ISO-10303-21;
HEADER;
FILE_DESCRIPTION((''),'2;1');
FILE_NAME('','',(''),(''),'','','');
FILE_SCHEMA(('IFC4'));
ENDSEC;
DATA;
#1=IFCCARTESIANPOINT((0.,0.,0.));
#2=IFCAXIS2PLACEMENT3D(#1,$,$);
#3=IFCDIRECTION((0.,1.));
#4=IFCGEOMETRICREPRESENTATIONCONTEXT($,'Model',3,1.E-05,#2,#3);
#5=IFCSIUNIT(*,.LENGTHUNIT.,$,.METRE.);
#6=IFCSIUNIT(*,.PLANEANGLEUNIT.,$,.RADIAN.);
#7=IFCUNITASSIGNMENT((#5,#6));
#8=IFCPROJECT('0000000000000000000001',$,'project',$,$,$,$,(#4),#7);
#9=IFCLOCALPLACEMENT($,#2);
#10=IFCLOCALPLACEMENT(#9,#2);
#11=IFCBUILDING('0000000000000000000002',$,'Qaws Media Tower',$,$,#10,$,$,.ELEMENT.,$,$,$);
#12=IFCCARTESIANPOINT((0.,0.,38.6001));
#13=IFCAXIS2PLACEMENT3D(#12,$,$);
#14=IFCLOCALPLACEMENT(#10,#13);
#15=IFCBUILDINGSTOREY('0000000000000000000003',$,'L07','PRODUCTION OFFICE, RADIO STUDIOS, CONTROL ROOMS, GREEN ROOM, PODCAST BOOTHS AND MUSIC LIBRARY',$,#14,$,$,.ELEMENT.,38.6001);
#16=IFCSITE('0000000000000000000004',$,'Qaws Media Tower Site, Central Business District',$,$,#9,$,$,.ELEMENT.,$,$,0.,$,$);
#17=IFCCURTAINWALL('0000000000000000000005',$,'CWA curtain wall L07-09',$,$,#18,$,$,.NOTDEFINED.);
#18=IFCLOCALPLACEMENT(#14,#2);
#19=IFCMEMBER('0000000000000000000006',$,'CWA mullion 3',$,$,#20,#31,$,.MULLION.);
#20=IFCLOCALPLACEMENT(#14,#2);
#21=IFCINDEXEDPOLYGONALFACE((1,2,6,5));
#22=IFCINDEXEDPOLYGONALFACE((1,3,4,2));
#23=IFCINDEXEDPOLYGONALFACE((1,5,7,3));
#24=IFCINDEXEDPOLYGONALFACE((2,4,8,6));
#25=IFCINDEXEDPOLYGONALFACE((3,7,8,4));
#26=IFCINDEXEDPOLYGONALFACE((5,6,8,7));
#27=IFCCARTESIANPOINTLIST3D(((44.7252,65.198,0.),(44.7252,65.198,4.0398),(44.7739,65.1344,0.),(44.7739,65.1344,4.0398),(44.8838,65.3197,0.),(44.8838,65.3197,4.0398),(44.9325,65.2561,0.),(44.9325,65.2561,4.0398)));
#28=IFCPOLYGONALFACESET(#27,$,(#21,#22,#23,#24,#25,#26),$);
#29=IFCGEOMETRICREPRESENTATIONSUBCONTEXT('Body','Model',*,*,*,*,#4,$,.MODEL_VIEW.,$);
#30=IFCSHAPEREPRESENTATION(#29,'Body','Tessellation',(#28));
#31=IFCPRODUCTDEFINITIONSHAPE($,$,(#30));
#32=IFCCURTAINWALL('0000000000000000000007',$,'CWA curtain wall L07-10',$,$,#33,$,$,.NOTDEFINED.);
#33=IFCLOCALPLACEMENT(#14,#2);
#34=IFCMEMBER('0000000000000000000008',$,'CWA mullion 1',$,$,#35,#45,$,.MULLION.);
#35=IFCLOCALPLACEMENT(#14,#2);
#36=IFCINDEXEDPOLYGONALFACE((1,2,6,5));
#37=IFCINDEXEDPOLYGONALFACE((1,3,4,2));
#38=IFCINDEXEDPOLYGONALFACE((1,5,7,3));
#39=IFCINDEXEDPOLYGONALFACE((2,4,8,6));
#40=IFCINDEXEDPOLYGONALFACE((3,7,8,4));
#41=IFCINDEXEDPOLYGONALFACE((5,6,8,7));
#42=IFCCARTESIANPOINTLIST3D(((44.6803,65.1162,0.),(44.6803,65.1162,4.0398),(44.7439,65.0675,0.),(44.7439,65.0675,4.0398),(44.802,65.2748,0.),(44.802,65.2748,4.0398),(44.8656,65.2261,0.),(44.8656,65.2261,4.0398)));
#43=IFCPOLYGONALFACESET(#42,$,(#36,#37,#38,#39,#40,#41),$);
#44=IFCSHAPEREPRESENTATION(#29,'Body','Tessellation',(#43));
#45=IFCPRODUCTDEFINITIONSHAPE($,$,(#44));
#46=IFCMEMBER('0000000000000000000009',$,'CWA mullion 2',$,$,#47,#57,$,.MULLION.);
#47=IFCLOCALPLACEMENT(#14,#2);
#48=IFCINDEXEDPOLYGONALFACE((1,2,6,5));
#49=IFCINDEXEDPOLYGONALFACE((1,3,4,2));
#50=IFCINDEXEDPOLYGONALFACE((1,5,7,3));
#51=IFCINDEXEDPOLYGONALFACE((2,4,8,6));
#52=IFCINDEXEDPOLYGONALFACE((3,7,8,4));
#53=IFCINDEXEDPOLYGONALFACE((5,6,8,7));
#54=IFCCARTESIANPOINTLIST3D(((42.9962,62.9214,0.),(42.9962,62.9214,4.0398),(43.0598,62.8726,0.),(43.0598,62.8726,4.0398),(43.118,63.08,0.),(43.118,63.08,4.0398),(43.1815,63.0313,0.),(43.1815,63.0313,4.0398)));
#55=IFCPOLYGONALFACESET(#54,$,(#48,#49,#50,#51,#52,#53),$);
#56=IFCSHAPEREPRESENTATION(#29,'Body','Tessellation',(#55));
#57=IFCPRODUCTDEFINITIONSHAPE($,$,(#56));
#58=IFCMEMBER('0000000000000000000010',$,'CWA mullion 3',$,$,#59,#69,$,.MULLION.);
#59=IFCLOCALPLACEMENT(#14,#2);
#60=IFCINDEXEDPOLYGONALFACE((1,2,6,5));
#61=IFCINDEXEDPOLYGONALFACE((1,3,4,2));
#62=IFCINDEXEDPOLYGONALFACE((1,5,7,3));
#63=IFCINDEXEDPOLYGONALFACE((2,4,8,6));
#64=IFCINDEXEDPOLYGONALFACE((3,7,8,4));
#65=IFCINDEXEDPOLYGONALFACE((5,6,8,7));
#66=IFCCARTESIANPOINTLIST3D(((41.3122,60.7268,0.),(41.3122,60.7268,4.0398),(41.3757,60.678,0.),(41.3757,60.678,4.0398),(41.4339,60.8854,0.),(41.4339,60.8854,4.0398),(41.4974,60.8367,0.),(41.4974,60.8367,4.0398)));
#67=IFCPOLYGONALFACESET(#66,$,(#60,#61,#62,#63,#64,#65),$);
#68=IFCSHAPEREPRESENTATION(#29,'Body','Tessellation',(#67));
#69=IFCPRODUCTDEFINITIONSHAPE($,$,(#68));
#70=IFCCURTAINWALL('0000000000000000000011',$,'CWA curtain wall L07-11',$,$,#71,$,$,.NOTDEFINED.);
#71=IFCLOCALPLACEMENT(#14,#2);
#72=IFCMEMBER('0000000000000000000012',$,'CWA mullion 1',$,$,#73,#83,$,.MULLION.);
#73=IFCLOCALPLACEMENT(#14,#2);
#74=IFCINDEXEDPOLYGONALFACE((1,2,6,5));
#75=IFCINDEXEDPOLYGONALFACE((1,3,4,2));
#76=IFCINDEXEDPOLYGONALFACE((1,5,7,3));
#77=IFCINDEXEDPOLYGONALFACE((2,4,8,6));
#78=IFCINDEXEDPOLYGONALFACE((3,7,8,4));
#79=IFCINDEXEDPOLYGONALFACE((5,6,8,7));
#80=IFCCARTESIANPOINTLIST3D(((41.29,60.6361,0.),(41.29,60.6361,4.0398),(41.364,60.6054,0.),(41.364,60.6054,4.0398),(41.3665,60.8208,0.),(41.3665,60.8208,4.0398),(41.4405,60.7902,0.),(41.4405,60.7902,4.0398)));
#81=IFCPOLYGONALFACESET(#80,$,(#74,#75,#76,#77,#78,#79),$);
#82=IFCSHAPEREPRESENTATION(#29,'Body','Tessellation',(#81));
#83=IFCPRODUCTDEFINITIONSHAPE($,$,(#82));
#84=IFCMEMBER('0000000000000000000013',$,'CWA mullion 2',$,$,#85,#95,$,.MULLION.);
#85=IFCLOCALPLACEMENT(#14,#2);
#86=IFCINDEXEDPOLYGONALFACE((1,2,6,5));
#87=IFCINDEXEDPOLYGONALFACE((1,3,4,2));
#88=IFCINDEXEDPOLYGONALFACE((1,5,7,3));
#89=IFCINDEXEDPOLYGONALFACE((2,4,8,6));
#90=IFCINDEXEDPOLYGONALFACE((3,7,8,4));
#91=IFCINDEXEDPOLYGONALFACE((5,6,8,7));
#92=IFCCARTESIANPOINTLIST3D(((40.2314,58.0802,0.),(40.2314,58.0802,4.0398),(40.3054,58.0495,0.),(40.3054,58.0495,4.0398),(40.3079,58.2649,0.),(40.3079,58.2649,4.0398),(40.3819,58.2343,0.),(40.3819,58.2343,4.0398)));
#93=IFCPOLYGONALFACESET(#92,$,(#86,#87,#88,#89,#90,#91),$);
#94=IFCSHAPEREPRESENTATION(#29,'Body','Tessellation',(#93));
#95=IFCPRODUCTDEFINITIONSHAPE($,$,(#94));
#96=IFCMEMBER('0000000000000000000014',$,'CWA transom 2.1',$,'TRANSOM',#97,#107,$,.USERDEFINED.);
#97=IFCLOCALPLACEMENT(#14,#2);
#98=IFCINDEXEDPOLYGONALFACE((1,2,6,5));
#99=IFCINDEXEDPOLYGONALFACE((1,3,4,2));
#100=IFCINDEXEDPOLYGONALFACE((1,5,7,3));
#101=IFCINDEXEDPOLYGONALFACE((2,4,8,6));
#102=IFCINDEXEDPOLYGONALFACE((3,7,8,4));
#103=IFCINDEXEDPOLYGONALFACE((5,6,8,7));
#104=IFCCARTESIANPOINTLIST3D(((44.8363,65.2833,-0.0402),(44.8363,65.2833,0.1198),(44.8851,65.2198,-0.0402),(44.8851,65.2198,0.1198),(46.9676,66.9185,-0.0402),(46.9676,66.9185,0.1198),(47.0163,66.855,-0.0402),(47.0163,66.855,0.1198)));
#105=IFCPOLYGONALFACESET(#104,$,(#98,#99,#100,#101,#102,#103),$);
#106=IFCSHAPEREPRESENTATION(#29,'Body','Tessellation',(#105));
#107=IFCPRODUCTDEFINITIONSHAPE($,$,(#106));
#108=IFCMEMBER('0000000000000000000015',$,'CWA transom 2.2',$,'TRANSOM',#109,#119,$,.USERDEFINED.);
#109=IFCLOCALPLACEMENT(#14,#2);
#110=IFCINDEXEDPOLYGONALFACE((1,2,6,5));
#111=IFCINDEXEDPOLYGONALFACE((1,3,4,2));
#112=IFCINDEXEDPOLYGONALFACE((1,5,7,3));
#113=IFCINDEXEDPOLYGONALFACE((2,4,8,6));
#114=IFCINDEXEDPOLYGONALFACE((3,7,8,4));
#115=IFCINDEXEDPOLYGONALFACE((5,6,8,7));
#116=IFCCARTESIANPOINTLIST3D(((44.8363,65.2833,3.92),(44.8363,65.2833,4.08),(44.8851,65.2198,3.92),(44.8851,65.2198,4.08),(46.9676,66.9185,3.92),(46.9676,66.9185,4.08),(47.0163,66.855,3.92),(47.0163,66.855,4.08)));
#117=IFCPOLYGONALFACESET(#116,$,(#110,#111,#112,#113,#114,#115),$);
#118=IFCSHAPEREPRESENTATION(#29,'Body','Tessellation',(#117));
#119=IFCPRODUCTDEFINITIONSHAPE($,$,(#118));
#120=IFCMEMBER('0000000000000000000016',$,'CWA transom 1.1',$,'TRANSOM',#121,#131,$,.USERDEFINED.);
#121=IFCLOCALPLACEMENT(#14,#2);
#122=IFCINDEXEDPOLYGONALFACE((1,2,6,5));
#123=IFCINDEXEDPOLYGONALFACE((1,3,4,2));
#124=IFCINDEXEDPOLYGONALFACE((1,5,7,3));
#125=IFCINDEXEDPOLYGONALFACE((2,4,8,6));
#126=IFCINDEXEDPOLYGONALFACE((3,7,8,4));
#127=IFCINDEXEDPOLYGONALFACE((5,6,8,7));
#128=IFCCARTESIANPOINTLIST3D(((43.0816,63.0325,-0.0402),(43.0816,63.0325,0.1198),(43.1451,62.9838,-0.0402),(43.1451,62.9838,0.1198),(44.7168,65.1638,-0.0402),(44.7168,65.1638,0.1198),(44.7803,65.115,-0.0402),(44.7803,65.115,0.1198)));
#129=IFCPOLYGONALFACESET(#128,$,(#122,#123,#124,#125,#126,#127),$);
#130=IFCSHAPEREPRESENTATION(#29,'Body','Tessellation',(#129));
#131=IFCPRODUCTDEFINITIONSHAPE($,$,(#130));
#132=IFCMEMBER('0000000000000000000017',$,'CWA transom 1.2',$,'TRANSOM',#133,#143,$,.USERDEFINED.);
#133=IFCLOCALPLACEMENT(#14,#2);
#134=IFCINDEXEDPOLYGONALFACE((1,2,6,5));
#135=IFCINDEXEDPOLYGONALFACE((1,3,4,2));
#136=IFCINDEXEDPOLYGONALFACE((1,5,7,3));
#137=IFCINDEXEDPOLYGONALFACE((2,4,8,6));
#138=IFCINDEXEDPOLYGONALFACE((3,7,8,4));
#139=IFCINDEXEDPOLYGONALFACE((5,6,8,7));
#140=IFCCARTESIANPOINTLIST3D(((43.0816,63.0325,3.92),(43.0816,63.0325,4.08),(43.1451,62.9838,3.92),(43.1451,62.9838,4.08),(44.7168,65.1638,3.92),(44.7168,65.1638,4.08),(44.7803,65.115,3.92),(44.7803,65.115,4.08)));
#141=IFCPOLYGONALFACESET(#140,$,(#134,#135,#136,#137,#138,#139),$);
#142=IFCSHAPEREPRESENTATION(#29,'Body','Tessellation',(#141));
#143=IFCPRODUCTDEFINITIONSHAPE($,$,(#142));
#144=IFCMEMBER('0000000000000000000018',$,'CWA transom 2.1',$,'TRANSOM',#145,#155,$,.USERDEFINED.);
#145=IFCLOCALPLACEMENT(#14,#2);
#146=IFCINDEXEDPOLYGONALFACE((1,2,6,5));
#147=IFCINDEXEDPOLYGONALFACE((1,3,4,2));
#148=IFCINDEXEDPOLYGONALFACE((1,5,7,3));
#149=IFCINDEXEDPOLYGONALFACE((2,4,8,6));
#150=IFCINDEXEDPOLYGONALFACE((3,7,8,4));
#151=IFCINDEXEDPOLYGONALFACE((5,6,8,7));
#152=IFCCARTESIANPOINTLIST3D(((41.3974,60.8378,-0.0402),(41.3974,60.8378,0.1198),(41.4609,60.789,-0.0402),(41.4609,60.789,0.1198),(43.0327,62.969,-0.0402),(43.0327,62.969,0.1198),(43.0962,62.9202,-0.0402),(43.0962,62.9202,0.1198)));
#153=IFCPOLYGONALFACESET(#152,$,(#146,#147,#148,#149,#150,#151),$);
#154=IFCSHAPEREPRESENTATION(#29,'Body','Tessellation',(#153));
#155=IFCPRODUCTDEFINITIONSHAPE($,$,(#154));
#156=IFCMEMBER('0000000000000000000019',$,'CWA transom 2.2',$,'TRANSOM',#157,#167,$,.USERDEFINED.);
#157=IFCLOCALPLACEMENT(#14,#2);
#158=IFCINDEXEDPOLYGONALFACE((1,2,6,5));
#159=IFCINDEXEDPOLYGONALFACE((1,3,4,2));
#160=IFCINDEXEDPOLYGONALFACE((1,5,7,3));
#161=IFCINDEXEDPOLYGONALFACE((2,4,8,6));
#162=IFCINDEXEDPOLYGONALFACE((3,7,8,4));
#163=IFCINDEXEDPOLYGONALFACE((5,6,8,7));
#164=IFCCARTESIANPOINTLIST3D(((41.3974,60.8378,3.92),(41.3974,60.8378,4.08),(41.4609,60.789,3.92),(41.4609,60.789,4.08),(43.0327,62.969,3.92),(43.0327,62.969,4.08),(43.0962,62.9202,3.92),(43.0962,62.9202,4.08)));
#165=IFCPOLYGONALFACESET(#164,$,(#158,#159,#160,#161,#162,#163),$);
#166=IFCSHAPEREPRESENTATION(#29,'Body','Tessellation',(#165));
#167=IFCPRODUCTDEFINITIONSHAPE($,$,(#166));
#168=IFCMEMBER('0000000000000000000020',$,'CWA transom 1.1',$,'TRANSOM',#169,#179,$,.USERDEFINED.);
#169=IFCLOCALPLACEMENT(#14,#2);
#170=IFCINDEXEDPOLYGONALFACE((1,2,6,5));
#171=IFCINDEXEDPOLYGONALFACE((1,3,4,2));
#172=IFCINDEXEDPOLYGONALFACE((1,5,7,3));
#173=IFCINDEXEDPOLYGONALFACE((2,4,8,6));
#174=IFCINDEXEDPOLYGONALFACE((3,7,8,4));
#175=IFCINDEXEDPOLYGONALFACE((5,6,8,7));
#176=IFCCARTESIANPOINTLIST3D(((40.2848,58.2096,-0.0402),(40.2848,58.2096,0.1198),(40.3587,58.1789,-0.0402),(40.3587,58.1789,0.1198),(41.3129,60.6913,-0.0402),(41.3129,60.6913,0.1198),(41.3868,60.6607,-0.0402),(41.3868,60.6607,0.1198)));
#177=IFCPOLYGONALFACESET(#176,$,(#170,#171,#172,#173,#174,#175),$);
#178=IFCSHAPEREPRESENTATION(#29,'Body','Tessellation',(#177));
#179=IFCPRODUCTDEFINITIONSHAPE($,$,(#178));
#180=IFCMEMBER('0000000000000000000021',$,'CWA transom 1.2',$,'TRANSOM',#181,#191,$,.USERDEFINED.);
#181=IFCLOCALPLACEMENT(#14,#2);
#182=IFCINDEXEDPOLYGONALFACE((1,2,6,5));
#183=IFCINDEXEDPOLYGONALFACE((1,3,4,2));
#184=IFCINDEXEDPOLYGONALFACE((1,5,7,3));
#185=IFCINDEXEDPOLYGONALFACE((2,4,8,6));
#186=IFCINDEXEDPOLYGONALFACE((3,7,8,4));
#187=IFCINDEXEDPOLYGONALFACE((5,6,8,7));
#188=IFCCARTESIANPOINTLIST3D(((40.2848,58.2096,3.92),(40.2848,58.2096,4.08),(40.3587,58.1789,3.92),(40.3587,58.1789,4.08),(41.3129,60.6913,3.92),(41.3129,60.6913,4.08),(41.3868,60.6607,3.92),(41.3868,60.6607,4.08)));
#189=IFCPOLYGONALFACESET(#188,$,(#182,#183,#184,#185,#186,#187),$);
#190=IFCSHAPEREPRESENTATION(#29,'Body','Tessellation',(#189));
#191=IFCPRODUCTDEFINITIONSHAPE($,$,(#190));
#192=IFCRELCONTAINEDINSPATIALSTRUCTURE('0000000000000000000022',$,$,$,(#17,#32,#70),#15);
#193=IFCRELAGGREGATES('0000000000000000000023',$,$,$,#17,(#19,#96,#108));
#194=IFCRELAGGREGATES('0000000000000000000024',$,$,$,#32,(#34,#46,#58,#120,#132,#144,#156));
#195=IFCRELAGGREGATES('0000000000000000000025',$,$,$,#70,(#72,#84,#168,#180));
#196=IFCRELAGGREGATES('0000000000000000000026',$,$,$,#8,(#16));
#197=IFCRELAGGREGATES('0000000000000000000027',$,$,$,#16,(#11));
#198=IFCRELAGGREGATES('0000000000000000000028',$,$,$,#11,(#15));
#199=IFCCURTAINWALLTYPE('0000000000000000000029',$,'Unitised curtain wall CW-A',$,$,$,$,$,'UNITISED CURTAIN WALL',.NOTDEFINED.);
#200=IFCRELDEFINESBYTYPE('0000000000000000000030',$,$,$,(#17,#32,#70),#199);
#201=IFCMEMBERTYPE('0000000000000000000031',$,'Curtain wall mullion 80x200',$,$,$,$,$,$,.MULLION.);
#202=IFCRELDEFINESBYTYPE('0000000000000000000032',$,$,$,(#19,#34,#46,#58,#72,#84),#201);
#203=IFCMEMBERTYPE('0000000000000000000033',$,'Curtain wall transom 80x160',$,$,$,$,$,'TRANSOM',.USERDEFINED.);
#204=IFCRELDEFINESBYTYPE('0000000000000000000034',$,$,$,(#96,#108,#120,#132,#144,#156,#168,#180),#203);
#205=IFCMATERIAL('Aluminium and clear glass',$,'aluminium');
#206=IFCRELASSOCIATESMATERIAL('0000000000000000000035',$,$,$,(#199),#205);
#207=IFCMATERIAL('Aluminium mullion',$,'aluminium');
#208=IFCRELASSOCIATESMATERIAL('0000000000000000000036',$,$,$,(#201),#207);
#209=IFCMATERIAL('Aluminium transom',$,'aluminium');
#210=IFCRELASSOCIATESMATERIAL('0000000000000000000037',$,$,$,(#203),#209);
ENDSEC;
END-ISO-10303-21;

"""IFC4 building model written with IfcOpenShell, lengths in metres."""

from ifc_helpers import new_model, si_unit, direction, frame, origin, origin_2d, place, context, subcontext, project, spatial, rectangle, extrude, material, material_profile, profile_set, type_object, element, aggregate, save


model = new_model("IFC4")

# Units and contexts
model_context = context("Model", 3, precision=1e-05, world=origin(), true_north=direction((0.0, 1.0)))
body_context = subcontext(model_context, "Body", "Model", "MODEL_VIEW")
ifc_project = project(units=[si_unit("LENGTHUNIT", "METRE"), si_unit("PLANEANGLEUNIT", "RADIAN")], contexts=[model_context])

# Site, building, storey
site_placement = place(None, origin())
site = spatial("IfcSite", under=ifc_project, at=site_placement, Name="Qaws Media Tower Site, Central Business District", CompositionType="ELEMENT", RefElevation=0.0)
building_placement = place(site_placement, origin())
building = spatial("IfcBuilding", under=site, at=building_placement, Name="Qaws Media Tower", CompositionType="ELEMENT")
storey_placement = place(building_placement, frame((0.0, 0.0, 38.6001)))
storey = spatial("IfcBuildingStorey", under=building, at=storey_placement, Name="L07", Description="PRODUCTION OFFICE, RADIO STUDIOS, CONTROL ROOMS, GREEN ROOM, PODCAST BOOTHS AND MUSIC LIBRARY", CompositionType="ELEMENT", Elevation=38.6001)

# Curtain wall, member
ifc_material_1 = material(Name="Aluminium and clear glass", Category="aluminium")
curtain_wall_type = type_object("IfcCurtainWallType", Name="Unitised curtain wall CW-A", ElementType="UNITISED CURTAIN WALL", PredefinedType="NOTDEFINED", material=ifc_material_1)
curtain_wall_1_placement = place(storey_placement, origin())
curtain_wall_1 = element("IfcCurtainWall", 1, at=curtain_wall_1_placement, inside=storey, type_object=curtain_wall_type, Name="CWA curtain wall L07-09", PredefinedType="NOTDEFINED")
ifc_material_2 = material(Name="Aluminium mullion", Category="aluminium")
ifc_material_profile_1 = material_profile(ifc_material_2, rectangle(XDim=0.0801, YDim=0.2, at=origin_2d()), Name="80x200")
ifc_profile_set_1 = profile_set([ifc_material_profile_1], Name="Aluminium mullion")
member_type_1 = type_object("IfcMemberType", Name="Curtain wall mullion 80x200", PredefinedType="MULLION", material=ifc_profile_set_1)
member_1_placement = place(storey_placement, frame((44.8289, 65.2271, 0.0), z_axis=(0.0, 0.0, 1.0), x_axis=(0.608761, -0.793353, 0.0)))
member_1 = element("IfcMember", 2, at=member_1_placement, type_object=member_type_1, Name="CWA mullion 3", PredefinedType="MULLION", context=body_context, shape_type="SweptSolid", body=[
    extrude(rectangle(XDim=0.0801, YDim=0.2, at=origin_2d()), origin(), (0.0, 0.0, 1.0), 4.0398),
])

# Curtain walls, members
curtain_wall_2_placement = place(storey_placement, origin())
curtain_wall_2 = element("IfcCurtainWall", 3, at=curtain_wall_2_placement, inside=storey, type_object=curtain_wall_type, Name="CWA curtain wall L07-10", PredefinedType="NOTDEFINED")
member_2_placement = place(storey_placement, frame((44.7729, 65.1711, 0.0), z_axis=(0.0, 0.0, 1.0), x_axis=(0.793353, -0.608761, 0.0)))
member_2 = element("IfcMember", 4, at=member_2_placement, type_object=member_type_1, Name="CWA mullion 1", PredefinedType="MULLION", context=body_context, shape_type="SweptSolid", body=[
    extrude(rectangle(XDim=0.0801, YDim=0.2, at=origin_2d()), origin(), (0.0, 0.0, 1.0), 4.0398),
])
member_3_placement = place(storey_placement, frame((43.0889, 62.9763, 0.0), z_axis=(0.0, 0.0, 1.0), x_axis=(0.793353, -0.608761, 0.0)))
member_3 = element("IfcMember", 5, at=member_3_placement, type_object=member_type_1, Name="CWA mullion 2", PredefinedType="MULLION", context=body_context, shape_type="SweptSolid", body=[
    extrude(rectangle(XDim=0.0801, YDim=0.2, at=origin_2d()), origin(), (0.0, 0.0, 1.0), 4.0398),
])
member_4_placement = place(storey_placement, frame((41.4048, 60.7817, 0.0), z_axis=(0.0, 0.0, 1.0), x_axis=(0.793353, -0.608761, 0.0)))
member_4 = element("IfcMember", 6, at=member_4_placement, type_object=member_type_1, Name="CWA mullion 3", PredefinedType="MULLION", context=body_context, shape_type="SweptSolid", body=[
    extrude(rectangle(XDim=0.0801, YDim=0.2, at=origin_2d()), origin(), (0.0, 0.0, 1.0), 4.0398),
])
curtain_wall_3_placement = place(storey_placement, origin())
curtain_wall_3 = element("IfcCurtainWall", 7, at=curtain_wall_3_placement, inside=storey, type_object=curtain_wall_type, Name="CWA curtain wall L07-11", PredefinedType="NOTDEFINED")
member_5_placement = place(storey_placement, frame((41.3652, 60.7131, 0.0), z_axis=(0.0, 0.0, 1.0), x_axis=(0.92388, -0.382683, 0.0)))
member_5 = element("IfcMember", 8, at=member_5_placement, type_object=member_type_1, Name="CWA mullion 1", PredefinedType="MULLION", context=body_context, shape_type="SweptSolid", body=[
    extrude(rectangle(XDim=0.0801, YDim=0.2, at=origin_2d()), origin(), (0.0, 0.0, 1.0), 4.0398),
])
member_6_placement = place(storey_placement, frame((40.3066, 58.1572, 0.0), z_axis=(0.0, 0.0, 1.0), x_axis=(0.92388, -0.382683, 0.0)))
member_6 = element("IfcMember", 9, at=member_6_placement, type_object=member_type_1, Name="CWA mullion 2", PredefinedType="MULLION", context=body_context, shape_type="SweptSolid", body=[
    extrude(rectangle(XDim=0.0801, YDim=0.2, at=origin_2d()), origin(), (0.0, 0.0, 1.0), 4.0398),
])

# Members
ifc_material_3 = material(Name="Aluminium transom", Category="aluminium")
ifc_material_profile_2 = material_profile(ifc_material_3, rectangle(XDim=0.0801, YDim=0.1599, at=origin_2d()), Name="80x160")
ifc_profile_set_2 = profile_set([ifc_material_profile_2], Name="Aluminium transom")
member_type_2 = type_object("IfcMemberType", Name="Curtain wall transom 80x160", ElementType="TRANSOM", PredefinedType="USERDEFINED", material=ifc_profile_set_2)
member_7_placement = place(storey_placement, frame((46.9919, 66.8867, 0.0398), z_axis=(-0.793387, -0.608718, 0.0), x_axis=(0.608718, -0.793387, 0.0)))
member_7 = element("IfcMember", 10, at=member_7_placement, type_object=member_type_2, Name="CWA transom 2.1", ObjectType="TRANSOM", PredefinedType="USERDEFINED", context=body_context, shape_type="SweptSolid", body=[
    extrude(rectangle(XDim=0.0801, YDim=0.1599, at=origin_2d()), origin(), (0.0, 0.0, 1.0), 2.6863),
])
member_8_placement = place(storey_placement, frame((46.9919, 66.8867, 4.0), z_axis=(-0.793387, -0.608718, 0.0), x_axis=(0.608718, -0.793387, 0.0)))
member_8 = element("IfcMember", 11, at=member_8_placement, type_object=member_type_2, Name="CWA transom 2.2", ObjectType="TRANSOM", PredefinedType="USERDEFINED", context=body_context, shape_type="SweptSolid", body=[
    extrude(rectangle(XDim=0.0801, YDim=0.1599, at=origin_2d()), origin(), (0.0, 0.0, 1.0), 2.6863),
])
member_9_placement = place(storey_placement, frame((44.7485, 65.1394, 0.0398), z_axis=(-0.608718, -0.793387, 0.0), x_axis=(0.793387, -0.608718, 0.0)))
member_9 = element("IfcMember", 12, at=member_9_placement, type_object=member_type_2, Name="CWA transom 1.1", ObjectType="TRANSOM", PredefinedType="USERDEFINED", context=body_context, shape_type="SweptSolid", body=[
    extrude(rectangle(XDim=0.0801, YDim=0.1599, at=origin_2d()), origin(), (0.0, 0.0, 1.0), 2.6863),
])
member_10_placement = place(storey_placement, frame((44.7485, 65.1394, 4.0), z_axis=(-0.608718, -0.793387, 0.0), x_axis=(0.793387, -0.608718, 0.0)))
member_10 = element("IfcMember", 13, at=member_10_placement, type_object=member_type_2, Name="CWA transom 1.2", ObjectType="TRANSOM", PredefinedType="USERDEFINED", context=body_context, shape_type="SweptSolid", body=[
    extrude(rectangle(XDim=0.0801, YDim=0.1599, at=origin_2d()), origin(), (0.0, 0.0, 1.0), 2.6863),
])
member_11_placement = place(storey_placement, frame((43.0645, 62.9446, 0.0398), z_axis=(-0.608762, -0.793353, 0.0), x_axis=(0.793353, -0.608762, 0.0)))
member_11 = element("IfcMember", 14, at=member_11_placement, type_object=member_type_2, Name="CWA transom 2.1", ObjectType="TRANSOM", PredefinedType="USERDEFINED", context=body_context, shape_type="SweptSolid", body=[
    extrude(rectangle(XDim=0.0801, YDim=0.1599, at=origin_2d()), origin(), (0.0, 0.0, 1.0), 2.6863),
])
member_12_placement = place(storey_placement, frame((43.0645, 62.9446, 4.0), z_axis=(-0.608762, -0.793353, 0.0), x_axis=(0.793353, -0.608762, 0.0)))
member_12 = element("IfcMember", 15, at=member_12_placement, type_object=member_type_2, Name="CWA transom 2.2", ObjectType="TRANSOM", PredefinedType="USERDEFINED", context=body_context, shape_type="SweptSolid", body=[
    extrude(rectangle(XDim=0.0801, YDim=0.1599, at=origin_2d()), origin(), (0.0, 0.0, 1.0), 2.6863),
])
member_13_placement = place(storey_placement, frame((41.3499, 60.676, 0.0398), z_axis=(-0.382724, -0.923863, 0.0), x_axis=(0.923863, -0.382724, 0.0)))
member_13 = element("IfcMember", 16, at=member_13_placement, type_object=member_type_2, Name="CWA transom 1.1", ObjectType="TRANSOM", PredefinedType="USERDEFINED", context=body_context, shape_type="SweptSolid", body=[
    extrude(rectangle(XDim=0.0801, YDim=0.1599, at=origin_2d()), origin(), (0.0, 0.0, 1.0), 2.6863),
])
member_14_placement = place(storey_placement, frame((41.3499, 60.676, 4.0), z_axis=(-0.382724, -0.923863, 0.0), x_axis=(0.923863, -0.382724, 0.0)))
member_14 = element("IfcMember", 17, at=member_14_placement, type_object=member_type_2, Name="CWA transom 1.2", ObjectType="TRANSOM", PredefinedType="USERDEFINED", context=body_context, shape_type="SweptSolid", body=[
    extrude(rectangle(XDim=0.0801, YDim=0.1599, at=origin_2d()), origin(), (0.0, 0.0, 1.0), 2.6863),
])

aggregate(curtain_wall_1, [member_1, member_7, member_8])
aggregate(curtain_wall_2, [member_2, member_3, member_4, member_9, member_10, member_11, member_12])
aggregate(curtain_wall_3, [member_5, member_6, member_13, member_14])

save(model, "model.ifc")
